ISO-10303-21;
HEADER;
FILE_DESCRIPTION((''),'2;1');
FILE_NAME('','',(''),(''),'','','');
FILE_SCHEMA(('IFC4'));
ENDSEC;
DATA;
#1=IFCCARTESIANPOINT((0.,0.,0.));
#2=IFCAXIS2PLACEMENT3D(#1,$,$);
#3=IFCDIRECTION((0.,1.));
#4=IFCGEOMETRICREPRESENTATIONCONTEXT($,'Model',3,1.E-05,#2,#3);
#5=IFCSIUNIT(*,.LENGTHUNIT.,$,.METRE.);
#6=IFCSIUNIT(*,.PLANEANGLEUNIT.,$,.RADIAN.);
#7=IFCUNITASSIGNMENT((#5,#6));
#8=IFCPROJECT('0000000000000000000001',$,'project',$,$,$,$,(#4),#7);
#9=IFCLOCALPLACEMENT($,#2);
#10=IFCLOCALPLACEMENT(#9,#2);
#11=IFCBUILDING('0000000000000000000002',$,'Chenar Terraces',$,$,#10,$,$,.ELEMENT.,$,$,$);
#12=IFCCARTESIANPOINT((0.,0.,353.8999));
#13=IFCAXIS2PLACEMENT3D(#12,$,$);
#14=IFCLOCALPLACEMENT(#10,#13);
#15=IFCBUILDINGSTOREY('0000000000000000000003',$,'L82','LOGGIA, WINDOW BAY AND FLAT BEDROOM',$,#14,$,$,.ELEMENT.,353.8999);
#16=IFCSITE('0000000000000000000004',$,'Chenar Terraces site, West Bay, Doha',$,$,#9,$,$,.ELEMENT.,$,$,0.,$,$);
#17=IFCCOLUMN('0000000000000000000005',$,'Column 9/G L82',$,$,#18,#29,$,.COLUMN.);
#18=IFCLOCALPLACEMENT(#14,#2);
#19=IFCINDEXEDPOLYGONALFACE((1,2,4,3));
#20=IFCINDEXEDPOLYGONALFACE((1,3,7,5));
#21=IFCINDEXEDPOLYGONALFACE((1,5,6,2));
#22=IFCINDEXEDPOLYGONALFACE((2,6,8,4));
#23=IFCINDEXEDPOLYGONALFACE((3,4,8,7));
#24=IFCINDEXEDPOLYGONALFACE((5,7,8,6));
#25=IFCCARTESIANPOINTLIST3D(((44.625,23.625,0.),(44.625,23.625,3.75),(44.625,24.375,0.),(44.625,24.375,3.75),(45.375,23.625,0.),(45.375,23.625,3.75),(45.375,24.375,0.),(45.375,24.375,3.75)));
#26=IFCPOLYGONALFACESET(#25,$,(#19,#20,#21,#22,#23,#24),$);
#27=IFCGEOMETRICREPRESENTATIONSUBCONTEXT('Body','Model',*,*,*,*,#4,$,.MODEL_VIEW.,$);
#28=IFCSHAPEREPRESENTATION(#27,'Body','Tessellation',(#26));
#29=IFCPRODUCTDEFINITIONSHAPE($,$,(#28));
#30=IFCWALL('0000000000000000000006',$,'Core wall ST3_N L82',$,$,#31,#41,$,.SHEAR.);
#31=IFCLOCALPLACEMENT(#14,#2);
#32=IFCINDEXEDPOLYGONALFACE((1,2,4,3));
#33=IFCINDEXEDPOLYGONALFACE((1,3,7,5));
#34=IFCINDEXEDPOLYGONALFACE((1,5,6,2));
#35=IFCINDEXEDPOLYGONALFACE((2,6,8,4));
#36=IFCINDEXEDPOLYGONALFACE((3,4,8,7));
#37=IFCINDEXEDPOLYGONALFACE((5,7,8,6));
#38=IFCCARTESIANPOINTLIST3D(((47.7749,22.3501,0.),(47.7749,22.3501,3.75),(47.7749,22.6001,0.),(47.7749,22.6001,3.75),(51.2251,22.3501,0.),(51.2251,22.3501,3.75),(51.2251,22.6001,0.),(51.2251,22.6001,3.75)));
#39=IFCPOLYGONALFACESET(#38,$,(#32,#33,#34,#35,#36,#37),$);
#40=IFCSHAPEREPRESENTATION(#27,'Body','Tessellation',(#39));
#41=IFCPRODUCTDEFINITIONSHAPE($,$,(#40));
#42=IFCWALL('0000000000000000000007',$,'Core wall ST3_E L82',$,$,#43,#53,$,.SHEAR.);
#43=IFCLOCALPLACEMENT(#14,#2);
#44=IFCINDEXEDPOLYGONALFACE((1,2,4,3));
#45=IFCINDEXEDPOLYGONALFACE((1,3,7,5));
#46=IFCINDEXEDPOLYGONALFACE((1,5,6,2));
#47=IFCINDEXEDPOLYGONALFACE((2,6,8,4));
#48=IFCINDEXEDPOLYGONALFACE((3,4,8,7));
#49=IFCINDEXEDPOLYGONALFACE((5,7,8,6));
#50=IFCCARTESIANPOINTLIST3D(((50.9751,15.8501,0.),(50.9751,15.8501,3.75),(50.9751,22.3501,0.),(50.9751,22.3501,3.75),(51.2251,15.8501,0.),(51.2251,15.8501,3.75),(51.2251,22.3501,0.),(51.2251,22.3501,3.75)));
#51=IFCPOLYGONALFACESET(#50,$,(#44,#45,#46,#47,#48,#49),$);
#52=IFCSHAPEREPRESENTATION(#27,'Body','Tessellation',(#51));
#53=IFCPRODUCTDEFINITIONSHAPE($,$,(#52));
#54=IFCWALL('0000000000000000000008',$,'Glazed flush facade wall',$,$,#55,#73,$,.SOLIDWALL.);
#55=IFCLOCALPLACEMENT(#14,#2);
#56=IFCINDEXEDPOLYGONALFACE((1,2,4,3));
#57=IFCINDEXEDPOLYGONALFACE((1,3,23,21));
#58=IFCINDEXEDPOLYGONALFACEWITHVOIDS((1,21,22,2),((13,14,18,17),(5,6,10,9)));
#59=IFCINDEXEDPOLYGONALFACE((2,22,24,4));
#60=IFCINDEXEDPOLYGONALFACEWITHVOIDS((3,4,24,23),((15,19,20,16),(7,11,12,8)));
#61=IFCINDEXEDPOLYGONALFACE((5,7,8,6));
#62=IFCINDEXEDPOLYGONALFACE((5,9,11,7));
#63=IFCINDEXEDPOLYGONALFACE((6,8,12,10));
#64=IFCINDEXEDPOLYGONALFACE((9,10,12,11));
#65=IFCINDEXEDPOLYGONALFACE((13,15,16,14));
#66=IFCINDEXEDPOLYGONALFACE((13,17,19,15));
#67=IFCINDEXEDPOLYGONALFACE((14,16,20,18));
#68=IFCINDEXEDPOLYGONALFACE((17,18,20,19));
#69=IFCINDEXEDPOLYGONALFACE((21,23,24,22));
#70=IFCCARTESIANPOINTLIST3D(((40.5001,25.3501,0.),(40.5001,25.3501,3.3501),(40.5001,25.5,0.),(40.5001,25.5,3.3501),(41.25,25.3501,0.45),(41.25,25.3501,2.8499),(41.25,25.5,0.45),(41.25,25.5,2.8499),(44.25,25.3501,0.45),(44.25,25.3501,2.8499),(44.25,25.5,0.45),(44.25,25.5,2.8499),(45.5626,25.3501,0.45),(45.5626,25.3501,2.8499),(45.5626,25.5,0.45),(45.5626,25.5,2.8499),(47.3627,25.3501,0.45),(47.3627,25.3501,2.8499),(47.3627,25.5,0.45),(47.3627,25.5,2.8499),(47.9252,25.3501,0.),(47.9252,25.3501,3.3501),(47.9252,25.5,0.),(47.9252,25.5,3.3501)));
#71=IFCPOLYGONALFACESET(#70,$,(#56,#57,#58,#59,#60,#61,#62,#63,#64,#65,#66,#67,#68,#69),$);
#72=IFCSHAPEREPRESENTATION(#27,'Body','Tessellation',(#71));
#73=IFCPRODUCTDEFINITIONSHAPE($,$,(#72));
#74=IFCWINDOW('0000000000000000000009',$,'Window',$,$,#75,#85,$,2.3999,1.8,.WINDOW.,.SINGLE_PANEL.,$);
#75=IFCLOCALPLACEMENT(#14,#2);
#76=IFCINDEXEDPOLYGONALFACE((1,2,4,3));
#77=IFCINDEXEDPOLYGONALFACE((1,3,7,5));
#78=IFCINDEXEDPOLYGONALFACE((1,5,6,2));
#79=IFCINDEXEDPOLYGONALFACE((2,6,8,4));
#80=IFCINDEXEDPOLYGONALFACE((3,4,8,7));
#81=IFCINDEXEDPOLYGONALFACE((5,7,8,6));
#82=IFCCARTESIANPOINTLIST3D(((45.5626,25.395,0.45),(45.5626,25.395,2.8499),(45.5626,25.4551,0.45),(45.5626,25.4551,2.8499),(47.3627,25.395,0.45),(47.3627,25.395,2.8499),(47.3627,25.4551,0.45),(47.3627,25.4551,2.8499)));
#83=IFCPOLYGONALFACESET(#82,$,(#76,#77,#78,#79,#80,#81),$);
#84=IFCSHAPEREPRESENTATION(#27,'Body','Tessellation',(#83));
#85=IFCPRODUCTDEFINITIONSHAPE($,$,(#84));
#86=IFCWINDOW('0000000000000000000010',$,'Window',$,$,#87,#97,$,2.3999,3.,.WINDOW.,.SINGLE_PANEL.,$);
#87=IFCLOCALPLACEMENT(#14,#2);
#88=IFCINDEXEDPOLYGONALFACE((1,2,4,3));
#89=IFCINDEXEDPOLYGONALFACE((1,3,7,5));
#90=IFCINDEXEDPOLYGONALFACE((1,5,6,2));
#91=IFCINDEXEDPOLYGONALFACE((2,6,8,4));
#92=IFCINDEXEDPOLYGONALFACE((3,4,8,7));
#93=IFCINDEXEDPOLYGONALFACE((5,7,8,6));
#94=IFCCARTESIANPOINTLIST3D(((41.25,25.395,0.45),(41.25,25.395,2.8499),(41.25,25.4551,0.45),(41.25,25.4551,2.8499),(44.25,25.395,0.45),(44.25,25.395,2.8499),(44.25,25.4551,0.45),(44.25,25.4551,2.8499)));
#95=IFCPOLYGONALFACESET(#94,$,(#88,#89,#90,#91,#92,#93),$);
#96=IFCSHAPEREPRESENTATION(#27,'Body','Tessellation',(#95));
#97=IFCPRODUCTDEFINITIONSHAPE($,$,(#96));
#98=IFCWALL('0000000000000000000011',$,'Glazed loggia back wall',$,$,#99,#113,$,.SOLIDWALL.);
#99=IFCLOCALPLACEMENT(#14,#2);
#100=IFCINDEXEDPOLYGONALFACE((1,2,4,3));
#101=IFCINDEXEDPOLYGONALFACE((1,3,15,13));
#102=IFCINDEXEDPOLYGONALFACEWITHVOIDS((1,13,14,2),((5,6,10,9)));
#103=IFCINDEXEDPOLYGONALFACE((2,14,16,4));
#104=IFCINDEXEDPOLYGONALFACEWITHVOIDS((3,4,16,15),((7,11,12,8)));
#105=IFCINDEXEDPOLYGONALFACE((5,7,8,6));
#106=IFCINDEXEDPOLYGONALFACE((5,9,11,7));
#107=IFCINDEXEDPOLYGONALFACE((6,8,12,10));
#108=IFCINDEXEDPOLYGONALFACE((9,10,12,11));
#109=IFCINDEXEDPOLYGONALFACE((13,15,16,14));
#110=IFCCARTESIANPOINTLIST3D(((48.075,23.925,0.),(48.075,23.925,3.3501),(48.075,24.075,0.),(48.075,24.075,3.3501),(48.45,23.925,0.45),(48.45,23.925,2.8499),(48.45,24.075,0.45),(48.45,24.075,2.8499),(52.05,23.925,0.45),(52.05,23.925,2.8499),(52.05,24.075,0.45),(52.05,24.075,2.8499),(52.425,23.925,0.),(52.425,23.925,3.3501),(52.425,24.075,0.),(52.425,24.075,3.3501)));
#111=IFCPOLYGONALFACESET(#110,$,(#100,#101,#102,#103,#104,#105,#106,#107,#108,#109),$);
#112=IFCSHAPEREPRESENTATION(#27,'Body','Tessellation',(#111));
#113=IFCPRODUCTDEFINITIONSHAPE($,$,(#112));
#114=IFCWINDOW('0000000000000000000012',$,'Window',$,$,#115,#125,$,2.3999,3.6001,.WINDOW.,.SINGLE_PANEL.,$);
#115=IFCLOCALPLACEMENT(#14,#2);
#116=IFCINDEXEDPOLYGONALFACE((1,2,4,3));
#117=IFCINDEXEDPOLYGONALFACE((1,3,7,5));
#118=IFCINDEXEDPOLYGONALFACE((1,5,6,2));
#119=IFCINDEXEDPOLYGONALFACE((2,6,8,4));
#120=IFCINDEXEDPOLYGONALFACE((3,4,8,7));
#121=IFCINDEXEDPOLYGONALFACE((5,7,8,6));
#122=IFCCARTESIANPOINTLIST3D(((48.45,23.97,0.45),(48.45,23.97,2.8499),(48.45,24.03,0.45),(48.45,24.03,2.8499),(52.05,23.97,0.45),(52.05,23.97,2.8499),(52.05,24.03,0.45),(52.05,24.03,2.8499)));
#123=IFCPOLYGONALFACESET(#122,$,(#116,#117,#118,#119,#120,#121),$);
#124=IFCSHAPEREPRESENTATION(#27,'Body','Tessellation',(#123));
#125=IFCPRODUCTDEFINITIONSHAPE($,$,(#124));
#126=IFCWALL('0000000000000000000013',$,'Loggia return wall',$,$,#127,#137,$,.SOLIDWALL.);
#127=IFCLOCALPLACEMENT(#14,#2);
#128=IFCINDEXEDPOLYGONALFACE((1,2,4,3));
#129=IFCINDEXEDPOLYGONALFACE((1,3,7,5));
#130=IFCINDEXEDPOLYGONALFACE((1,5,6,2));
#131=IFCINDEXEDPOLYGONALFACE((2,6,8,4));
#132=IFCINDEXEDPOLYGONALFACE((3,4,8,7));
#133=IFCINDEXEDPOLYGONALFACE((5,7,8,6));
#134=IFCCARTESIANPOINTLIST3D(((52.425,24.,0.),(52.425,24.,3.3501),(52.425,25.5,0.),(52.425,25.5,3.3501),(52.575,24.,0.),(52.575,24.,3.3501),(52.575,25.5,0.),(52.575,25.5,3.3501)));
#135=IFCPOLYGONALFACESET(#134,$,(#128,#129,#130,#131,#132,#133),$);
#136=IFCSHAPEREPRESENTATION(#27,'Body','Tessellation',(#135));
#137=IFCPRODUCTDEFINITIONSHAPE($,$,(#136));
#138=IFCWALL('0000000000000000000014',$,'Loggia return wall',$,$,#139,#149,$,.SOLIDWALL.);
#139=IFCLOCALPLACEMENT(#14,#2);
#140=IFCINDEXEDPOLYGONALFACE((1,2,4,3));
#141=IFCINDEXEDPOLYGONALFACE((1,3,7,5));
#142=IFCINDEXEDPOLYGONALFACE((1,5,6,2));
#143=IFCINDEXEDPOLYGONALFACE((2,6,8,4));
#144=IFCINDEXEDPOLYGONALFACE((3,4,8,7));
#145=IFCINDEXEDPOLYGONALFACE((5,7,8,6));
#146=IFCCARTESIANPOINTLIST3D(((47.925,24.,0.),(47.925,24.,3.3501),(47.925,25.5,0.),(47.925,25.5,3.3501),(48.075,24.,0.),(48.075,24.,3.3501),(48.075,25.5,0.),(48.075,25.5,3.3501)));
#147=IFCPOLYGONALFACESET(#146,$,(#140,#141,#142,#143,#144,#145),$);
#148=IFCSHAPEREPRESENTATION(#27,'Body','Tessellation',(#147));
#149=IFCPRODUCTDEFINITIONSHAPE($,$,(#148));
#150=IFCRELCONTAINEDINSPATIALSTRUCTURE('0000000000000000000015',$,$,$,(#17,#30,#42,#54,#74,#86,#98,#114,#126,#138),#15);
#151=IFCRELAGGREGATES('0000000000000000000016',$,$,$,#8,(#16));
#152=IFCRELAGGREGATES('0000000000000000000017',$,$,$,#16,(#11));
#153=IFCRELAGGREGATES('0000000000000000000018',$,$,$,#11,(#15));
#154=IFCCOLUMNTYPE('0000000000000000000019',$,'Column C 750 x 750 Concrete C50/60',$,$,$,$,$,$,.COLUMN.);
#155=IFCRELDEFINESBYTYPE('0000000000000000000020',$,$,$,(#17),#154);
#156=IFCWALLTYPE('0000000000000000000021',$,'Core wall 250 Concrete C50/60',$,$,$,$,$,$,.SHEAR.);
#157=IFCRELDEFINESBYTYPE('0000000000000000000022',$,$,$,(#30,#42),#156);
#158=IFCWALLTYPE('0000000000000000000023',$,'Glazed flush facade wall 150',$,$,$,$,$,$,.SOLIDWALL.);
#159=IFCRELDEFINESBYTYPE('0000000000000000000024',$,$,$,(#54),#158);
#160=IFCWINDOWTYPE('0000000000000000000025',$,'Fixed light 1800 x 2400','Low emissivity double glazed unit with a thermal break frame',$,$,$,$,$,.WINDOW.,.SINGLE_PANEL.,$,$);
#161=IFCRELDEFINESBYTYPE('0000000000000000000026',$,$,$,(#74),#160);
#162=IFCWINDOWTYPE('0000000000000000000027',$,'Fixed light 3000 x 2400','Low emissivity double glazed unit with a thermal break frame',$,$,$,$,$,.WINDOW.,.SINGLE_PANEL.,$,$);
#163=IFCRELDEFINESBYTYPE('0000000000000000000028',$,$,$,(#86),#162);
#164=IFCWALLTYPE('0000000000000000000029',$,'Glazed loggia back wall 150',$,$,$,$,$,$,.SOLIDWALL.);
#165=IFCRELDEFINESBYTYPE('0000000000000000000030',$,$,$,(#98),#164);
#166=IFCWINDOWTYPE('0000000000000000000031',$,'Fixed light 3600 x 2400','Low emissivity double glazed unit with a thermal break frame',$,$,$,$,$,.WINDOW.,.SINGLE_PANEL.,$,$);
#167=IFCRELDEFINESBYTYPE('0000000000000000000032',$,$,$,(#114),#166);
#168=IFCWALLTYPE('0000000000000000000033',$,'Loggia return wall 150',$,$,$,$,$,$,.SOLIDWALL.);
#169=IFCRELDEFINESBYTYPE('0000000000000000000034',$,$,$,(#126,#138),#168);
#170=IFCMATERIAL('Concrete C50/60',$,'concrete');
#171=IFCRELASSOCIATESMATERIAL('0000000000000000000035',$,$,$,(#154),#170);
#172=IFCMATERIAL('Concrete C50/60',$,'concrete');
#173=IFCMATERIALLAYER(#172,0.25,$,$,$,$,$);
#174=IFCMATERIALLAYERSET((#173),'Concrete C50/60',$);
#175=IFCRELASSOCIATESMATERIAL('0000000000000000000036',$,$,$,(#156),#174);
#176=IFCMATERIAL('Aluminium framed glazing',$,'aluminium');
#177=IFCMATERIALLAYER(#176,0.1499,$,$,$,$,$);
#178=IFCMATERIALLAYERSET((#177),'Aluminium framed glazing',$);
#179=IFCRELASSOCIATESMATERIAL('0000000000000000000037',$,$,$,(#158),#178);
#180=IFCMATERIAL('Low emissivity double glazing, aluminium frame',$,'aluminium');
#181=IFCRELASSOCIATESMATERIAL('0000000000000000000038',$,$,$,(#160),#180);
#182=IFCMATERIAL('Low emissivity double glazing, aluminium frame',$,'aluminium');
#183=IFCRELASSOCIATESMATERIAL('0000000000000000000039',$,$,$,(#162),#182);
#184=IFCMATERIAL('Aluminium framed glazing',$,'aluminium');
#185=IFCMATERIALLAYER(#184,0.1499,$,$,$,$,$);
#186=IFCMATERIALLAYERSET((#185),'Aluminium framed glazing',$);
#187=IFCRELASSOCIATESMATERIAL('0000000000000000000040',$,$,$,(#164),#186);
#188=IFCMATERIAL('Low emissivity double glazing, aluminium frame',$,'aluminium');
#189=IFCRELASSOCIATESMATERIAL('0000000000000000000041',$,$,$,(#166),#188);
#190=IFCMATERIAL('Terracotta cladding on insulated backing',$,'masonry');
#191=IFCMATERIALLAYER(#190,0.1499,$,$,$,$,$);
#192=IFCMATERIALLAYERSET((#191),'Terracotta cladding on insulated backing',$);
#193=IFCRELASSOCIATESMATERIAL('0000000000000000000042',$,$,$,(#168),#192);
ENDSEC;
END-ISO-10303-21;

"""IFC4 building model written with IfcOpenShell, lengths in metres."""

from ifc_helpers import new_model, si_unit, direction, frame, frame_2d, origin, origin_2d, place, context, subcontext, project, spatial, rectangle, extrude, material, layer, layer_set, material_profile, profile_set, type_object, element, fill, save


model = new_model("IFC4")

# Units and contexts
model_context = context("Model", 3, precision=1e-05, world=origin(), true_north=direction((0.0, 1.0)))
body_context = subcontext(model_context, "Body", "Model", "MODEL_VIEW")
ifc_project = project(units=[si_unit("LENGTHUNIT", "METRE"), si_unit("PLANEANGLEUNIT", "RADIAN")], contexts=[model_context])

# Site, building, storey
site_placement = place(None, origin())
site = spatial("IfcSite", under=ifc_project, at=site_placement, Name="Chenar Terraces site, West Bay, Doha", CompositionType="ELEMENT", RefElevation=0.0)
building_placement = place(site_placement, origin())
building = spatial("IfcBuilding", under=site, at=building_placement, Name="Chenar Terraces", CompositionType="ELEMENT")
storey_placement = place(building_placement, frame((0.0, 0.0, 353.8999)))
storey = spatial("IfcBuildingStorey", under=building, at=storey_placement, Name="L82", Description="LOGGIA, WINDOW BAY AND FLAT BEDROOM", CompositionType="ELEMENT", Elevation=353.8999)

# Column
ifc_material_1 = material(Name="Concrete C50/60", Category="concrete")
ifc_material_profile_1 = material_profile(ifc_material_1, rectangle(XDim=0.75, YDim=0.75, at=origin_2d()), Name="C 750 x 750")
ifc_profile_set_1 = profile_set([ifc_material_profile_1], Name="Concrete C50/60")
column_type = type_object("IfcColumnType", Name="Column C 750 x 750 Concrete C50/60", PredefinedType="COLUMN", material=ifc_profile_set_1)
column_placement = place(storey_placement, frame((45.0, 24.0, 0.0), z_axis=(0.0, 0.0, 1.0), x_axis=(1.0, 0.0, 0.0)))
element("IfcColumn", 1, at=column_placement, inside=storey, type_object=column_type, Name="Column 9/G L82", PredefinedType="COLUMN", context=body_context, shape_type="SweptSolid", body=[
    extrude(rectangle(XDim=0.75, YDim=0.75, at=origin_2d()), origin(), (0.0, 0.0, 1.0), 3.75),
])

# Walls
ifc_material_2 = material(Name="Concrete C50/60", Category="concrete")
ifc_layer_1 = layer(ifc_material_2, 0.25)
ifc_layer_set_1 = layer_set([ifc_layer_1], Name="Concrete C50/60")
wall_type_1 = type_object("IfcWallType", Name="Core wall 250 Concrete C50/60", PredefinedType="SHEAR", material=ifc_layer_set_1)
wall_1_placement = place(storey_placement, frame((47.7749, 22.4751, 0.0), z_axis=(0.0, 0.0, 1.0), x_axis=(1.0, 0.0, 0.0)))
element("IfcWall", 2, at=wall_1_placement, inside=storey, type_object=wall_type_1, Name="Core wall ST3_N L82", PredefinedType="SHEAR", context=body_context, shape_type="SweptSolid", body=[
    extrude(rectangle(XDim=3.4502, YDim=0.25, at=frame_2d((1.7251, 0.0))), origin(), (0.0, 0.0, 1.0), 3.75),
])
wall_2_placement = place(storey_placement, frame((51.1001, 15.8501, 0.0), z_axis=(0.0, 0.0, 1.0), x_axis=(0.0, 1.0, 0.0)))
element("IfcWall", 3, at=wall_2_placement, inside=storey, type_object=wall_type_1, Name="Core wall ST3_E L82", PredefinedType="SHEAR", context=body_context, shape_type="SweptSolid", body=[
    extrude(rectangle(XDim=6.5, YDim=0.25, at=frame_2d((3.25, 0.0))), origin(), (0.0, 0.0, 1.0), 3.75),
])

# Wall, openings, windows
ifc_material_3 = material(Name="Aluminium framed glazing", Category="aluminium")
ifc_layer_2 = layer(ifc_material_3, 0.1499)
ifc_layer_set_2 = layer_set([ifc_layer_2], Name="Aluminium framed glazing")
wall_type_2 = type_object("IfcWallType", Name="Glazed flush facade wall 150", PredefinedType="SOLIDWALL", material=ifc_layer_set_2)
wall_3_placement = place(storey_placement, frame((47.925, 25.425, 0.0), z_axis=(0.0, 0.0, 1.0), x_axis=(-1.0, 0.0, 0.0)))
wall_3 = element("IfcWall", 4, at=wall_3_placement, inside=storey, type_object=wall_type_2, Name="Glazed flush facade wall", PredefinedType="SOLIDWALL", context=body_context, shape_type="SweptSolid", body=[
    extrude(rectangle(XDim=7.425, YDim=0.1499, at=frame_2d((3.7124, 0.0))), origin(), (0.0, 0.0, 1.0), 3.3501),
])
opening_1_placement = place(wall_3_placement, frame((0.5625, 0.0, 0.45)))
opening_1 = element("IfcOpeningElement", 5, at=opening_1_placement, cuts=wall_3, PredefinedType="OPENING", context=body_context, shape_type="SweptSolid", body=[
    extrude(rectangle(XDim=1.8, YDim=2.3999, at=frame_2d((0.8999, 1.2))), frame((0.0, 0.085, 0.0), z_axis=(0.0, -1.0, 0.0), x_axis=(1.0, 0.0, 0.0)), (0.0, 0.0, 1.0), 0.1699),
])
opening_2_placement = place(wall_3_placement, frame((3.675, 0.0, 0.45)))
opening_2 = element("IfcOpeningElement", 6, at=opening_2_placement, cuts=wall_3, PredefinedType="OPENING", context=body_context, shape_type="SweptSolid", body=[
    extrude(rectangle(XDim=3.0, YDim=2.3999, at=frame_2d((1.5, 1.2))), frame((0.0, 0.085, 0.0), z_axis=(0.0, -1.0, 0.0), x_axis=(1.0, 0.0, 0.0)), (0.0, 0.0, 1.0), 0.1699),
])
ifc_material_4 = material(Name="Low emissivity double glazing, aluminium frame", Category="aluminium")
window_type_1 = type_object("IfcWindowType", Name="Fixed light 1800 x 2400", Description="Low emissivity double glazed unit with a thermal break frame", PartitioningType="SINGLE_PANEL", PredefinedType="WINDOW", material=ifc_material_4)
window_1_placement = place(opening_1_placement, origin())
window_1 = element("IfcWindow", 7, at=window_1_placement, inside=storey, type_object=window_type_1, Name="Window", OverallHeight=2.3999, OverallWidth=1.8, PartitioningType="SINGLE_PANEL", PredefinedType="WINDOW", context=body_context, shape_type="SweptSolid", body=[
    extrude(rectangle(XDim=1.8, YDim=2.3999, at=frame_2d((0.8999, 1.2))), frame((0.0, 0.03, 0.0), z_axis=(0.0, -1.0, 0.0), x_axis=(1.0, 0.0, 0.0)), (0.0, 0.0, 1.0), 0.0601),
])
fill(opening_1, window_1)
ifc_material_5 = material(Name="Low emissivity double glazing, aluminium frame", Category="aluminium")
window_type_2 = type_object("IfcWindowType", Name="Fixed light 3000 x 2400", Description="Low emissivity double glazed unit with a thermal break frame", PartitioningType="SINGLE_PANEL", PredefinedType="WINDOW", material=ifc_material_5)
window_2_placement = place(opening_2_placement, origin())
window_2 = element("IfcWindow", 8, at=window_2_placement, inside=storey, type_object=window_type_2, Name="Window", OverallHeight=2.3999, OverallWidth=3.0, PartitioningType="SINGLE_PANEL", PredefinedType="WINDOW", context=body_context, shape_type="SweptSolid", body=[
    extrude(rectangle(XDim=3.0, YDim=2.3999, at=frame_2d((1.5, 1.2))), frame((0.0, 0.03, 0.0), z_axis=(0.0, -1.0, 0.0), x_axis=(1.0, 0.0, 0.0)), (0.0, 0.0, 1.0), 0.0601),
])
fill(opening_2, window_2)

# Wall, opening, window
ifc_material_6 = material(Name="Aluminium framed glazing", Category="aluminium")
ifc_layer_3 = layer(ifc_material_6, 0.1499)
ifc_layer_set_3 = layer_set([ifc_layer_3], Name="Aluminium framed glazing")
wall_type_3 = type_object("IfcWallType", Name="Glazed loggia back wall 150", PredefinedType="SOLIDWALL", material=ifc_layer_set_3)
wall_4_placement = place(storey_placement, frame((52.425, 24.0, 0.0), z_axis=(0.0, 0.0, 1.0), x_axis=(-1.0, 0.0, 0.0)))
wall_4 = element("IfcWall", 9, at=wall_4_placement, inside=storey, type_object=wall_type_3, Name="Glazed loggia back wall", PredefinedType="SOLIDWALL", context=body_context, shape_type="SweptSolid", body=[
    extrude(rectangle(XDim=4.3501, YDim=0.1499, at=frame_2d((2.175, 0.0))), origin(), (0.0, 0.0, 1.0), 3.3501),
])
opening_3_placement = place(wall_4_placement, frame((0.375, 0.0, 0.45)))
opening_3 = element("IfcOpeningElement", 10, at=opening_3_placement, cuts=wall_4, PredefinedType="OPENING", context=body_context, shape_type="SweptSolid", body=[
    extrude(rectangle(XDim=3.6001, YDim=2.3999, at=frame_2d((1.8, 1.2))), frame((0.0, 0.085, 0.0), z_axis=(0.0, -1.0, 0.0), x_axis=(1.0, 0.0, 0.0)), (0.0, 0.0, 1.0), 0.1699),
])
ifc_material_7 = material(Name="Low emissivity double glazing, aluminium frame", Category="aluminium")
window_type_3 = type_object("IfcWindowType", Name="Fixed light 3600 x 2400", Description="Low emissivity double glazed unit with a thermal break frame", PartitioningType="SINGLE_PANEL", PredefinedType="WINDOW", material=ifc_material_7)
window_3_placement = place(opening_3_placement, origin())
window_3 = element("IfcWindow", 11, at=window_3_placement, inside=storey, type_object=window_type_3, Name="Window", OverallHeight=2.3999, OverallWidth=3.6001, PartitioningType="SINGLE_PANEL", PredefinedType="WINDOW", context=body_context, shape_type="SweptSolid", body=[
    extrude(rectangle(XDim=3.6001, YDim=2.3999, at=frame_2d((1.8, 1.2))), frame((0.0, 0.03, 0.0), z_axis=(0.0, -1.0, 0.0), x_axis=(1.0, 0.0, 0.0)), (0.0, 0.0, 1.0), 0.0601),
])
fill(opening_3, window_3)

# Walls
ifc_material_8 = material(Name="Terracotta cladding on insulated backing", Category="masonry")
ifc_layer_4 = layer(ifc_material_8, 0.1499)
ifc_layer_set_4 = layer_set([ifc_layer_4], Name="Terracotta cladding on insulated backing")
wall_type_4 = type_object("IfcWallType", Name="Loggia return wall 150", PredefinedType="SOLIDWALL", material=ifc_layer_set_4)
for number, where, z_axis, x_axis, name in (
    (12, (52.5, 25.5, 0.0), (0.0, 0.0, 1.0), (0.0, -1.0, 0.0), "Loggia return wall"),
    (13, (48.0, 25.5, 0.0), (0.0, 0.0, 1.0), (0.0, -1.0, 0.0), "Loggia return wall"),
):
    element("IfcWall", number, at=place(storey_placement, frame(where, z_axis=z_axis, x_axis=x_axis)), inside=storey, type_object=wall_type_4, Name=name, PredefinedType="SOLIDWALL", context=body_context, shape_type="SweptSolid", body=[
        extrude(rectangle(XDim=1.5, YDim=0.1499, at=frame_2d((0.75, 0.0))), origin(), (0.0, 0.0, 1.0), 3.3501),
    ])

save(model, "model.ifc")
